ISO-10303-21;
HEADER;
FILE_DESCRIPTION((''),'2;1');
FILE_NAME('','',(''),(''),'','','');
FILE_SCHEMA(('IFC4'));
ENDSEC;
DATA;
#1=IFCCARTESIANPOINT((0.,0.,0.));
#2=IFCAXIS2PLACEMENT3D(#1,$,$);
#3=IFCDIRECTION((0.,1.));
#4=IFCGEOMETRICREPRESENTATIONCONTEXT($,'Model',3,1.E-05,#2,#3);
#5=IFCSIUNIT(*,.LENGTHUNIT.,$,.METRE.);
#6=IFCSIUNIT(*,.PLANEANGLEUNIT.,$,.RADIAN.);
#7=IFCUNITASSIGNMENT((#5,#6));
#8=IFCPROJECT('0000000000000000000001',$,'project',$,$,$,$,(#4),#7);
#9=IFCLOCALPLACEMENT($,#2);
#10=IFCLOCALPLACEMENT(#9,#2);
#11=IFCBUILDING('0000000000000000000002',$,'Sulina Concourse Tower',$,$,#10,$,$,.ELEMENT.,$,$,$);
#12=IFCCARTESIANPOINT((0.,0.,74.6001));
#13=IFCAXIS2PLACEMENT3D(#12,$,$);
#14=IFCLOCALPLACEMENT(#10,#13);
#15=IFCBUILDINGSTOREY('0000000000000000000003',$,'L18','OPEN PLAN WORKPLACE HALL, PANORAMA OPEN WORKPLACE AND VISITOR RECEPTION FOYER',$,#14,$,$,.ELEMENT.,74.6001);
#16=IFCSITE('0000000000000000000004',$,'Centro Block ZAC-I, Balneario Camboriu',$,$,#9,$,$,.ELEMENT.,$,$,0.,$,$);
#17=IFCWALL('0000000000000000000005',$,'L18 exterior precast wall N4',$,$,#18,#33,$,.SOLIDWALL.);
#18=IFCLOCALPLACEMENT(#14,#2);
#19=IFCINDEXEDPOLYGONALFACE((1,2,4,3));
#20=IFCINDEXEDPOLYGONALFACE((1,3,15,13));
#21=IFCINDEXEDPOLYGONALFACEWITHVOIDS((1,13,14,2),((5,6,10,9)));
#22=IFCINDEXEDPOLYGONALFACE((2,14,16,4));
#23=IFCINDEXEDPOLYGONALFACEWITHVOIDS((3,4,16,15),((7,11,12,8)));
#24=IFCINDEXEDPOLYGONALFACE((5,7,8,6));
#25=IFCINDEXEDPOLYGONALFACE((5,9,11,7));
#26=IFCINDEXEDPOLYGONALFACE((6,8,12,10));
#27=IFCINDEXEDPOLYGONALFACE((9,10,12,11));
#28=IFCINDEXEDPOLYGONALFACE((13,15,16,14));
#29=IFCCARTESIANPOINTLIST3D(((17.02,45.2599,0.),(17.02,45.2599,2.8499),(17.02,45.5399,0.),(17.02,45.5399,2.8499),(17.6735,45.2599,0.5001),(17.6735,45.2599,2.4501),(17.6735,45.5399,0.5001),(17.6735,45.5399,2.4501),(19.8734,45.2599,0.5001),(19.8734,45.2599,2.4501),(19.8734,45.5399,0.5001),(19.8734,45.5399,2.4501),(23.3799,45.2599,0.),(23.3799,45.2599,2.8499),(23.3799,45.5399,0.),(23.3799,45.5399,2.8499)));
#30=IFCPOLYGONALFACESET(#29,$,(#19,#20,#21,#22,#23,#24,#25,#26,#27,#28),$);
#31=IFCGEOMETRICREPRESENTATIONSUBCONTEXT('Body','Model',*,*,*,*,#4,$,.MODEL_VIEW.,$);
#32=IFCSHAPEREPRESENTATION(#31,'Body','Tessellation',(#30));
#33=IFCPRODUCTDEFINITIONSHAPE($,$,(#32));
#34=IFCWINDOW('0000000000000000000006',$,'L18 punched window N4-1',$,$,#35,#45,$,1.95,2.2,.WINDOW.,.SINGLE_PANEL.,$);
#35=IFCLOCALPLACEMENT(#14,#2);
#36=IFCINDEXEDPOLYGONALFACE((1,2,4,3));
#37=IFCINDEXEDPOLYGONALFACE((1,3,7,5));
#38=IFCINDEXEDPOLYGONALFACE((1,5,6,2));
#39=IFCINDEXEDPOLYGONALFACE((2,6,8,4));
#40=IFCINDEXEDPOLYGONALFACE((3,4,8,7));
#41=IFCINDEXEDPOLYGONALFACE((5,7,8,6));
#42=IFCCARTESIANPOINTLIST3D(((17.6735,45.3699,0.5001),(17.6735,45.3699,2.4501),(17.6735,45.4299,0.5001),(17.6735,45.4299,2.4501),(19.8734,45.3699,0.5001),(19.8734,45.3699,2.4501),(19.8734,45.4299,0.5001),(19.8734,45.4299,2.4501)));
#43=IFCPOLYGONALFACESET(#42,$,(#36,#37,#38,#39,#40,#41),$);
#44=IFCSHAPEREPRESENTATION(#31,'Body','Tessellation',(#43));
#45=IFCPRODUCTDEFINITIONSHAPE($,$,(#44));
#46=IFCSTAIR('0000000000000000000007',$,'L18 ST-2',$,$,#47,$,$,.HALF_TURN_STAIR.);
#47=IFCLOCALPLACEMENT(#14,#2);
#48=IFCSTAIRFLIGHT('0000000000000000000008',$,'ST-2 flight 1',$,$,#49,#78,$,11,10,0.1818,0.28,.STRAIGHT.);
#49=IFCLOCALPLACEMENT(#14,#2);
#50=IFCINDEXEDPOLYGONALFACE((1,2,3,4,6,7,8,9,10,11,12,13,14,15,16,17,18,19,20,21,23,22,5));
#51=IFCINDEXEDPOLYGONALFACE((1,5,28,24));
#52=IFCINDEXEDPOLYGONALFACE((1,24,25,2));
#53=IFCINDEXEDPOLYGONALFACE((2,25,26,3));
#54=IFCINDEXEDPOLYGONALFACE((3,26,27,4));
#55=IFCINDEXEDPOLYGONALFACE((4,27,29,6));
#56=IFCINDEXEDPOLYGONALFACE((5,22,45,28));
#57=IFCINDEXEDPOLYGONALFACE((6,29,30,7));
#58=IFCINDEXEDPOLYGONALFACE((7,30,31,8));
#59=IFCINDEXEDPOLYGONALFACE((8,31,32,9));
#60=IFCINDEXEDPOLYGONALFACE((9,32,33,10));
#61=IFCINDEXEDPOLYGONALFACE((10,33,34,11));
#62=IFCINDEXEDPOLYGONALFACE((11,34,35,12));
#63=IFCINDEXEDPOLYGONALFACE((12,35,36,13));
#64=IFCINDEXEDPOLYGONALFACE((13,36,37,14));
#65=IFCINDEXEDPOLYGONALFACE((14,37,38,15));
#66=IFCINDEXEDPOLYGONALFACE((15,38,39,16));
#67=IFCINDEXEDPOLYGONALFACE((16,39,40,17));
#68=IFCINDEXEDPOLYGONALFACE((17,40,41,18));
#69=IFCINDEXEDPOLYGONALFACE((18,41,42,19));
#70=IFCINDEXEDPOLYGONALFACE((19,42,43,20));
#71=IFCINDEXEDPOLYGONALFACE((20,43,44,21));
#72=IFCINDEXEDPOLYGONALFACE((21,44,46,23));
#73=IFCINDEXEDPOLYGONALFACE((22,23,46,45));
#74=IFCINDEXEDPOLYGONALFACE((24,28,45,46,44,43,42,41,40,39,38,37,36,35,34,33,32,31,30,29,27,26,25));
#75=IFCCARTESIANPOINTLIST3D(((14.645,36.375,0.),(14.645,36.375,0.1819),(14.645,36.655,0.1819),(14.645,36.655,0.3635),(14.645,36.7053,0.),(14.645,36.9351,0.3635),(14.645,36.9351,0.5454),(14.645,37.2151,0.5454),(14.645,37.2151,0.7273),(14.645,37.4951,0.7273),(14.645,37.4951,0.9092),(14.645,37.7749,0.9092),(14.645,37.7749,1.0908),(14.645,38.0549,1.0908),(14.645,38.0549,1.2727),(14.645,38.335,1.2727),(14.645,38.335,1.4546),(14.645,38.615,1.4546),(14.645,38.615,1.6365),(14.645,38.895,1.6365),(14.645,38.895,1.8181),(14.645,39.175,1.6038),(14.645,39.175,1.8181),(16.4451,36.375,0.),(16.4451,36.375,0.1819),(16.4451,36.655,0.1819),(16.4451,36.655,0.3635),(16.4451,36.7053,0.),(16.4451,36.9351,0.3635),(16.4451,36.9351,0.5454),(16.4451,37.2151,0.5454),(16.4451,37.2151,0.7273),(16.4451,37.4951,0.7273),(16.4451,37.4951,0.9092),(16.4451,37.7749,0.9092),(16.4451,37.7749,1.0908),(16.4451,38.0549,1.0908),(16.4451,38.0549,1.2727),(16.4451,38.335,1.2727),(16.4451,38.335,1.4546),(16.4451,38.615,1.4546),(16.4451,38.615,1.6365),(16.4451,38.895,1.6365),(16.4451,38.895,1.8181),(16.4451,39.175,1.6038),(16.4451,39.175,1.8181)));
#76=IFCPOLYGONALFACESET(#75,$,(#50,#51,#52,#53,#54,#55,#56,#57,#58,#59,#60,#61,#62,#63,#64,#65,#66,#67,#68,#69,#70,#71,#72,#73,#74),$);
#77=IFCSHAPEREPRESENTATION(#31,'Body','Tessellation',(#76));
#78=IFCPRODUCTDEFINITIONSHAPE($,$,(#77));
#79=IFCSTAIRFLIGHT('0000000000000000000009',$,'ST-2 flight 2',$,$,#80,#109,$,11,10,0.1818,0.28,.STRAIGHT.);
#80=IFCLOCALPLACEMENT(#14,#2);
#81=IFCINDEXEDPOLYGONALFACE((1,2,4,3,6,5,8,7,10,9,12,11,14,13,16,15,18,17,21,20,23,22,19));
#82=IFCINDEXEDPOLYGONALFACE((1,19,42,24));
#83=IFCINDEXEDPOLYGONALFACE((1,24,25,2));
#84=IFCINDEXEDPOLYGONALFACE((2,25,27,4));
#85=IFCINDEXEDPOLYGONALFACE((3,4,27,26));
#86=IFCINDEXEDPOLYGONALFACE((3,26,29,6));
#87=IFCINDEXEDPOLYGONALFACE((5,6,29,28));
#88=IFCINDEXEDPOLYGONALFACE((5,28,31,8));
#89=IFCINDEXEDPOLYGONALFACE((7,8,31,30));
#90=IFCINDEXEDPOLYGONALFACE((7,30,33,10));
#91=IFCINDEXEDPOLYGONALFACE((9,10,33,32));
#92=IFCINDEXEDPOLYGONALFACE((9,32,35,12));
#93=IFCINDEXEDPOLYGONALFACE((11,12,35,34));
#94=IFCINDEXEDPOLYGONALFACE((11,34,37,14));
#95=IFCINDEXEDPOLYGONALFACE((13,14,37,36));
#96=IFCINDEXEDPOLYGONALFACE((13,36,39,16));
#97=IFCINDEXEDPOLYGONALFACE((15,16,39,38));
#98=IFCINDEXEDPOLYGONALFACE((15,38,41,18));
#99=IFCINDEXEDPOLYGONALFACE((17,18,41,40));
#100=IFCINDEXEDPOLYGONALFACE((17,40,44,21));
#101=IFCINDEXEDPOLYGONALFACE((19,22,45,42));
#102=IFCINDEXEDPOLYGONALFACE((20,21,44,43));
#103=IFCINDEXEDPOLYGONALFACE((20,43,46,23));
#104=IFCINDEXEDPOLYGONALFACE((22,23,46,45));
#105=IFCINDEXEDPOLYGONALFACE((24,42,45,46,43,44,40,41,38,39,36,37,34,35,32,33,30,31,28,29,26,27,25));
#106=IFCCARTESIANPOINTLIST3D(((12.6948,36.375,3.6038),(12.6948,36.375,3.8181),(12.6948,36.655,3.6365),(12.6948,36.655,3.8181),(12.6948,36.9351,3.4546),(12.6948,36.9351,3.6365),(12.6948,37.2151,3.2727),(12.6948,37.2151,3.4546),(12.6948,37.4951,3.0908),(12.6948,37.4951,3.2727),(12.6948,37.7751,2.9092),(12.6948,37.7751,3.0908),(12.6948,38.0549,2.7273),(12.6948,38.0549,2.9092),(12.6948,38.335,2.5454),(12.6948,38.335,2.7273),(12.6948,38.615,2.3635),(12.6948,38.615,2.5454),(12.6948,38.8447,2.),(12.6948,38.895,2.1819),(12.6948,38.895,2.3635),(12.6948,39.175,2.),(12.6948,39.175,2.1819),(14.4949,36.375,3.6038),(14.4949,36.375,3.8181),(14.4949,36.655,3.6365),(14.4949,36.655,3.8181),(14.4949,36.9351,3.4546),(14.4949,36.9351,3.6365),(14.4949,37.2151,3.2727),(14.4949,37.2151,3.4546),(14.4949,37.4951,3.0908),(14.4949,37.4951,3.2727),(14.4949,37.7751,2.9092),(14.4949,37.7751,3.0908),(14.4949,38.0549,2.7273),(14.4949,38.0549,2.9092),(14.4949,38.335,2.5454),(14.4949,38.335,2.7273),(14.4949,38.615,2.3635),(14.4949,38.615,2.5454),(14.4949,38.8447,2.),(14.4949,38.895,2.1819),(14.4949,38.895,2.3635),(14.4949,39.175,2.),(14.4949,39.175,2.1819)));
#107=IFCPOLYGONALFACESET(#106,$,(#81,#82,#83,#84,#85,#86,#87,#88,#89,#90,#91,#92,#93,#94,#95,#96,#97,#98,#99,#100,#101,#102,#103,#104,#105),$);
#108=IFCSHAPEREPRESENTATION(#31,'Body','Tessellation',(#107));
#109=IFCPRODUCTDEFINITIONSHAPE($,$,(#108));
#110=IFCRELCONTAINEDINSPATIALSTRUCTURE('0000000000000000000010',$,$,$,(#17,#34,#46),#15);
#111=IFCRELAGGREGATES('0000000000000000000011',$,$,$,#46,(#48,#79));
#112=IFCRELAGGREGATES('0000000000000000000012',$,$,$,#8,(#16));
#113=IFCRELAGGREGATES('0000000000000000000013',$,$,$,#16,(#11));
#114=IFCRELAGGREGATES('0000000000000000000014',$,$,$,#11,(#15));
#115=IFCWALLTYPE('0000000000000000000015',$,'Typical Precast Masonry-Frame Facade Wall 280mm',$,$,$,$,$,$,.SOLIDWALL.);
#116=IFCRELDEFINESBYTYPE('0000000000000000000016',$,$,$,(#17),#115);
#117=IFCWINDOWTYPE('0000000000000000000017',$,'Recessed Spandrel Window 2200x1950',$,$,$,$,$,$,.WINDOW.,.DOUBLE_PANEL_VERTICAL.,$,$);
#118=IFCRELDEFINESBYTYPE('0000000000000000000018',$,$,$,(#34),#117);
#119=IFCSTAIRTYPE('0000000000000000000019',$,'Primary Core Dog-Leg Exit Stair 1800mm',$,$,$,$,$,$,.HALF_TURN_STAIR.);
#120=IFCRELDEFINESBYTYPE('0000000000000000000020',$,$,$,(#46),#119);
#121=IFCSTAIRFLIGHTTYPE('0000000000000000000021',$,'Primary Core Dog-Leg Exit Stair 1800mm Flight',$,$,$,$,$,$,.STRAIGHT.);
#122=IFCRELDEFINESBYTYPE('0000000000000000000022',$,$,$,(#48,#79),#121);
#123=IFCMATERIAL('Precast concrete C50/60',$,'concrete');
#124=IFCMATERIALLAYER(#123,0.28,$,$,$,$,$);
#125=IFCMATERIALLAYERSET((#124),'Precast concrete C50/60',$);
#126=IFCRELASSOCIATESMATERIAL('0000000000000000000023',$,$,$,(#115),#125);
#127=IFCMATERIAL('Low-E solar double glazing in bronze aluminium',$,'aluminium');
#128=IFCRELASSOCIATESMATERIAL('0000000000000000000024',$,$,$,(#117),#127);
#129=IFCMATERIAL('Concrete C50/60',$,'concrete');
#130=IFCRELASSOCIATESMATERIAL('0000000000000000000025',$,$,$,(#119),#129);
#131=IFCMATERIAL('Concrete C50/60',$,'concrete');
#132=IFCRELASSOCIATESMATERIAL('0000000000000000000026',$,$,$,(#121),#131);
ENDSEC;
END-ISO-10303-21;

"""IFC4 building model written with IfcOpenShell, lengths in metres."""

from ifc_helpers import new_model, si_unit, direction, frame, frame_2d, origin, place, context, subcontext, project, spatial, polyline, rectangle, outline, extrude, material, layer, layer_set, type_object, element, fill, aggregate, save


model = new_model("IFC4")

# Units and contexts
model_context = context("Model", 3, precision=1e-05, world=origin(), true_north=direction((0.0, 1.0)))
body_context = subcontext(model_context, "Body", "Model", "MODEL_VIEW")
ifc_project = project(units=[si_unit("LENGTHUNIT", "METRE"), si_unit("PLANEANGLEUNIT", "RADIAN")], contexts=[model_context])

# Site, building, storey
site_placement = place(None, origin())
site = spatial("IfcSite", under=ifc_project, at=site_placement, Name="Centro Block ZAC-I, Balneario Camboriu", CompositionType="ELEMENT", RefElevation=0.0)
building_placement = place(site_placement, origin())
building = spatial("IfcBuilding", under=site, at=building_placement, Name="Sulina Concourse Tower", CompositionType="ELEMENT")
storey_placement = place(building_placement, frame((0.0, 0.0, 74.6001)))
storey = spatial("IfcBuildingStorey", under=building, at=storey_placement, Name="L18", Description="OPEN PLAN WORKPLACE HALL, PANORAMA OPEN WORKPLACE AND VISITOR RECEPTION FOYER", CompositionType="ELEMENT", Elevation=74.6001)

# Shared definitions
ifc_material_1 = material(Name="Precast concrete C50/60", Category="concrete")
ifc_layer_1 = layer(ifc_material_1, 0.28)
ifc_layer_set_1 = layer_set([ifc_layer_1], Name="Precast concrete C50/60")
wall_type_1 = type_object("IfcWallType", Name="Typical Precast Masonry-Frame Facade Wall 280mm", PredefinedType="SOLIDWALL", material=ifc_layer_set_1)

# Wall, opening, window
wall_1_placement = place(storey_placement, frame((17.02, 45.3999, 0.0), z_axis=(0.0, 0.0, 1.0), x_axis=(1.0, 0.0, 0.0)))
wall_1 = element("IfcWall", 1, at=wall_1_placement, inside=storey, type_object=wall_type_1, Name="L18 exterior precast wall N4", PredefinedType="SOLIDWALL", context=body_context, shape_type="SweptSolid", body=[
    extrude(rectangle(XDim=6.3599, YDim=0.28, at=frame_2d((3.1799, 0.0))), origin(), (0.0, 0.0, 1.0), 2.8499),
])
opening_1_placement = place(wall_1_placement, frame((0.6533, 0.0, 0.5)))
opening_1 = element("IfcOpeningElement", 2, at=opening_1_placement, cuts=wall_1, PredefinedType="OPENING", context=body_context, shape_type="SweptSolid", body=[
    extrude(rectangle(XDim=2.2, YDim=1.95, at=frame_2d((1.1001, 0.9751))), frame((0.0, 0.1499, 0.0), z_axis=(0.0, -1.0, 0.0), x_axis=(1.0, 0.0, 0.0)), (0.0, 0.0, 1.0), 0.3),
])
ifc_material_2 = material(Name="Low-E solar double glazing in bronze aluminium", Category="aluminium")
window_type = type_object("IfcWindowType", Name="Recessed Spandrel Window 2200x1950", PartitioningType="DOUBLE_PANEL_VERTICAL", PredefinedType="WINDOW", material=ifc_material_2)
window_placement = place(opening_1_placement, origin())
window = element("IfcWindow", 3, at=window_placement, inside=storey, type_object=window_type, Name="L18 punched window N4-1", OverallHeight=1.95, OverallWidth=2.2, PartitioningType="SINGLE_PANEL", PredefinedType="WINDOW", context=body_context, shape_type="SweptSolid", body=[
    extrude(rectangle(XDim=2.2, YDim=1.95, at=frame_2d((1.1001, 0.9751))), frame((0.0, 0.03, 0.0), z_axis=(0.0, -1.0, 0.0), x_axis=(1.0, 0.0, 0.0)), (0.0, 0.0, 1.0), 0.0601),
])
fill(opening_1, window)

# Stair, stair flights
ifc_material_3 = material(Name="Concrete C50/60", Category="concrete")
stair_type = type_object("IfcStairType", Name="Primary Core Dog-Leg Exit Stair 1800mm", PredefinedType="HALF_TURN_STAIR", material=ifc_material_3)
stair_placement = place(storey_placement, origin())
stair = element("IfcStair", 4, at=stair_placement, inside=storey, type_object=stair_type, Name="L18 ST-2", PredefinedType="HALF_TURN_STAIR")
ifc_material_4 = material(Name="Concrete C50/60", Category="concrete")
stair_flight_type = type_object("IfcStairFlightType", Name="Primary Core Dog-Leg Exit Stair 1800mm Flight", PredefinedType="STRAIGHT", material=ifc_material_4)
stair_flight_1_placement = place(storey_placement, frame((15.5449, 36.375, 0.0), z_axis=(0.0, 0.0, 1.0), x_axis=(0.0, 1.0, 0.0)))
stair_flight_1 = element("IfcStairFlight", 5, at=stair_flight_1_placement, type_object=stair_flight_type, Name="ST-2 flight 1", NumberOfRisers=11, NumberOfTreads=10, PredefinedType="STRAIGHT", RiserHeight=0.1818, TreadLength=0.28, context=body_context, shape_type="SweptSolid", body=[
    extrude(outline(polyline([(0.0, 0.0), (0.0, 0.1819), (0.28, 0.1819), (0.28, 0.3635), (0.5601, 0.3635), (0.5601, 0.5454), (0.8401, 0.5454), (0.8401, 0.7273), (1.1201, 0.7273), (1.1201, 0.9092), (1.3999, 0.9092), (1.3999, 1.0908), (1.6799, 1.0908), (1.6799, 1.2727), (1.96, 1.2727), (1.96, 1.4546), (2.24, 1.4546), (2.24, 1.6365), (2.52, 1.6365), (2.52, 1.8181), (2.8, 1.8181), (2.8, 2.0), (2.8, 1.6038), (0.3303, 0.0), (0.0, 0.0)])), frame((0.0, 0.8999, 0.0), z_axis=(0.0, -1.0, 0.0), x_axis=(1.0, 0.0, 0.0)), (0.0, 0.0, 1.0), 1.8),
])
stair_flight_2_placement = place(storey_placement, frame((13.595, 39.175, 2.0), z_axis=(0.0, 0.0, 1.0), x_axis=(0.0, -1.0, 0.0)))
stair_flight_2 = element("IfcStairFlight", 6, at=stair_flight_2_placement, type_object=stair_flight_type, Name="ST-2 flight 2", NumberOfRisers=11, NumberOfTreads=10, PredefinedType="STRAIGHT", RiserHeight=0.1818, TreadLength=0.28, context=body_context, shape_type="SweptSolid", body=[
    extrude(outline(polyline([(0.0, 0.0), (0.0, 0.1819), (0.28, 0.1819), (0.28, 0.3635), (0.5601, 0.3635), (0.5601, 0.5454), (0.8401, 0.5454), (0.8401, 0.7273), (1.1201, 0.7273), (1.1201, 0.9092), (1.3999, 0.9092), (1.3999, 1.0908), (1.6799, 1.0908), (1.6799, 1.2727), (1.96, 1.2727), (1.96, 1.4546), (2.24, 1.4546), (2.24, 1.6365), (2.52, 1.6365), (2.52, 1.8181), (2.8, 1.8181), (2.8, 2.0), (2.8, 1.6038), (0.3303, 0.0), (0.0, 0.0)])), frame((0.0, 0.8999, 0.0), z_axis=(0.0, -1.0, 0.0), x_axis=(1.0, 0.0, 0.0)), (0.0, 0.0, 1.0), 1.8),
])
aggregate(stair, [stair_flight_1, stair_flight_2])

save(model, "model.ifc")
